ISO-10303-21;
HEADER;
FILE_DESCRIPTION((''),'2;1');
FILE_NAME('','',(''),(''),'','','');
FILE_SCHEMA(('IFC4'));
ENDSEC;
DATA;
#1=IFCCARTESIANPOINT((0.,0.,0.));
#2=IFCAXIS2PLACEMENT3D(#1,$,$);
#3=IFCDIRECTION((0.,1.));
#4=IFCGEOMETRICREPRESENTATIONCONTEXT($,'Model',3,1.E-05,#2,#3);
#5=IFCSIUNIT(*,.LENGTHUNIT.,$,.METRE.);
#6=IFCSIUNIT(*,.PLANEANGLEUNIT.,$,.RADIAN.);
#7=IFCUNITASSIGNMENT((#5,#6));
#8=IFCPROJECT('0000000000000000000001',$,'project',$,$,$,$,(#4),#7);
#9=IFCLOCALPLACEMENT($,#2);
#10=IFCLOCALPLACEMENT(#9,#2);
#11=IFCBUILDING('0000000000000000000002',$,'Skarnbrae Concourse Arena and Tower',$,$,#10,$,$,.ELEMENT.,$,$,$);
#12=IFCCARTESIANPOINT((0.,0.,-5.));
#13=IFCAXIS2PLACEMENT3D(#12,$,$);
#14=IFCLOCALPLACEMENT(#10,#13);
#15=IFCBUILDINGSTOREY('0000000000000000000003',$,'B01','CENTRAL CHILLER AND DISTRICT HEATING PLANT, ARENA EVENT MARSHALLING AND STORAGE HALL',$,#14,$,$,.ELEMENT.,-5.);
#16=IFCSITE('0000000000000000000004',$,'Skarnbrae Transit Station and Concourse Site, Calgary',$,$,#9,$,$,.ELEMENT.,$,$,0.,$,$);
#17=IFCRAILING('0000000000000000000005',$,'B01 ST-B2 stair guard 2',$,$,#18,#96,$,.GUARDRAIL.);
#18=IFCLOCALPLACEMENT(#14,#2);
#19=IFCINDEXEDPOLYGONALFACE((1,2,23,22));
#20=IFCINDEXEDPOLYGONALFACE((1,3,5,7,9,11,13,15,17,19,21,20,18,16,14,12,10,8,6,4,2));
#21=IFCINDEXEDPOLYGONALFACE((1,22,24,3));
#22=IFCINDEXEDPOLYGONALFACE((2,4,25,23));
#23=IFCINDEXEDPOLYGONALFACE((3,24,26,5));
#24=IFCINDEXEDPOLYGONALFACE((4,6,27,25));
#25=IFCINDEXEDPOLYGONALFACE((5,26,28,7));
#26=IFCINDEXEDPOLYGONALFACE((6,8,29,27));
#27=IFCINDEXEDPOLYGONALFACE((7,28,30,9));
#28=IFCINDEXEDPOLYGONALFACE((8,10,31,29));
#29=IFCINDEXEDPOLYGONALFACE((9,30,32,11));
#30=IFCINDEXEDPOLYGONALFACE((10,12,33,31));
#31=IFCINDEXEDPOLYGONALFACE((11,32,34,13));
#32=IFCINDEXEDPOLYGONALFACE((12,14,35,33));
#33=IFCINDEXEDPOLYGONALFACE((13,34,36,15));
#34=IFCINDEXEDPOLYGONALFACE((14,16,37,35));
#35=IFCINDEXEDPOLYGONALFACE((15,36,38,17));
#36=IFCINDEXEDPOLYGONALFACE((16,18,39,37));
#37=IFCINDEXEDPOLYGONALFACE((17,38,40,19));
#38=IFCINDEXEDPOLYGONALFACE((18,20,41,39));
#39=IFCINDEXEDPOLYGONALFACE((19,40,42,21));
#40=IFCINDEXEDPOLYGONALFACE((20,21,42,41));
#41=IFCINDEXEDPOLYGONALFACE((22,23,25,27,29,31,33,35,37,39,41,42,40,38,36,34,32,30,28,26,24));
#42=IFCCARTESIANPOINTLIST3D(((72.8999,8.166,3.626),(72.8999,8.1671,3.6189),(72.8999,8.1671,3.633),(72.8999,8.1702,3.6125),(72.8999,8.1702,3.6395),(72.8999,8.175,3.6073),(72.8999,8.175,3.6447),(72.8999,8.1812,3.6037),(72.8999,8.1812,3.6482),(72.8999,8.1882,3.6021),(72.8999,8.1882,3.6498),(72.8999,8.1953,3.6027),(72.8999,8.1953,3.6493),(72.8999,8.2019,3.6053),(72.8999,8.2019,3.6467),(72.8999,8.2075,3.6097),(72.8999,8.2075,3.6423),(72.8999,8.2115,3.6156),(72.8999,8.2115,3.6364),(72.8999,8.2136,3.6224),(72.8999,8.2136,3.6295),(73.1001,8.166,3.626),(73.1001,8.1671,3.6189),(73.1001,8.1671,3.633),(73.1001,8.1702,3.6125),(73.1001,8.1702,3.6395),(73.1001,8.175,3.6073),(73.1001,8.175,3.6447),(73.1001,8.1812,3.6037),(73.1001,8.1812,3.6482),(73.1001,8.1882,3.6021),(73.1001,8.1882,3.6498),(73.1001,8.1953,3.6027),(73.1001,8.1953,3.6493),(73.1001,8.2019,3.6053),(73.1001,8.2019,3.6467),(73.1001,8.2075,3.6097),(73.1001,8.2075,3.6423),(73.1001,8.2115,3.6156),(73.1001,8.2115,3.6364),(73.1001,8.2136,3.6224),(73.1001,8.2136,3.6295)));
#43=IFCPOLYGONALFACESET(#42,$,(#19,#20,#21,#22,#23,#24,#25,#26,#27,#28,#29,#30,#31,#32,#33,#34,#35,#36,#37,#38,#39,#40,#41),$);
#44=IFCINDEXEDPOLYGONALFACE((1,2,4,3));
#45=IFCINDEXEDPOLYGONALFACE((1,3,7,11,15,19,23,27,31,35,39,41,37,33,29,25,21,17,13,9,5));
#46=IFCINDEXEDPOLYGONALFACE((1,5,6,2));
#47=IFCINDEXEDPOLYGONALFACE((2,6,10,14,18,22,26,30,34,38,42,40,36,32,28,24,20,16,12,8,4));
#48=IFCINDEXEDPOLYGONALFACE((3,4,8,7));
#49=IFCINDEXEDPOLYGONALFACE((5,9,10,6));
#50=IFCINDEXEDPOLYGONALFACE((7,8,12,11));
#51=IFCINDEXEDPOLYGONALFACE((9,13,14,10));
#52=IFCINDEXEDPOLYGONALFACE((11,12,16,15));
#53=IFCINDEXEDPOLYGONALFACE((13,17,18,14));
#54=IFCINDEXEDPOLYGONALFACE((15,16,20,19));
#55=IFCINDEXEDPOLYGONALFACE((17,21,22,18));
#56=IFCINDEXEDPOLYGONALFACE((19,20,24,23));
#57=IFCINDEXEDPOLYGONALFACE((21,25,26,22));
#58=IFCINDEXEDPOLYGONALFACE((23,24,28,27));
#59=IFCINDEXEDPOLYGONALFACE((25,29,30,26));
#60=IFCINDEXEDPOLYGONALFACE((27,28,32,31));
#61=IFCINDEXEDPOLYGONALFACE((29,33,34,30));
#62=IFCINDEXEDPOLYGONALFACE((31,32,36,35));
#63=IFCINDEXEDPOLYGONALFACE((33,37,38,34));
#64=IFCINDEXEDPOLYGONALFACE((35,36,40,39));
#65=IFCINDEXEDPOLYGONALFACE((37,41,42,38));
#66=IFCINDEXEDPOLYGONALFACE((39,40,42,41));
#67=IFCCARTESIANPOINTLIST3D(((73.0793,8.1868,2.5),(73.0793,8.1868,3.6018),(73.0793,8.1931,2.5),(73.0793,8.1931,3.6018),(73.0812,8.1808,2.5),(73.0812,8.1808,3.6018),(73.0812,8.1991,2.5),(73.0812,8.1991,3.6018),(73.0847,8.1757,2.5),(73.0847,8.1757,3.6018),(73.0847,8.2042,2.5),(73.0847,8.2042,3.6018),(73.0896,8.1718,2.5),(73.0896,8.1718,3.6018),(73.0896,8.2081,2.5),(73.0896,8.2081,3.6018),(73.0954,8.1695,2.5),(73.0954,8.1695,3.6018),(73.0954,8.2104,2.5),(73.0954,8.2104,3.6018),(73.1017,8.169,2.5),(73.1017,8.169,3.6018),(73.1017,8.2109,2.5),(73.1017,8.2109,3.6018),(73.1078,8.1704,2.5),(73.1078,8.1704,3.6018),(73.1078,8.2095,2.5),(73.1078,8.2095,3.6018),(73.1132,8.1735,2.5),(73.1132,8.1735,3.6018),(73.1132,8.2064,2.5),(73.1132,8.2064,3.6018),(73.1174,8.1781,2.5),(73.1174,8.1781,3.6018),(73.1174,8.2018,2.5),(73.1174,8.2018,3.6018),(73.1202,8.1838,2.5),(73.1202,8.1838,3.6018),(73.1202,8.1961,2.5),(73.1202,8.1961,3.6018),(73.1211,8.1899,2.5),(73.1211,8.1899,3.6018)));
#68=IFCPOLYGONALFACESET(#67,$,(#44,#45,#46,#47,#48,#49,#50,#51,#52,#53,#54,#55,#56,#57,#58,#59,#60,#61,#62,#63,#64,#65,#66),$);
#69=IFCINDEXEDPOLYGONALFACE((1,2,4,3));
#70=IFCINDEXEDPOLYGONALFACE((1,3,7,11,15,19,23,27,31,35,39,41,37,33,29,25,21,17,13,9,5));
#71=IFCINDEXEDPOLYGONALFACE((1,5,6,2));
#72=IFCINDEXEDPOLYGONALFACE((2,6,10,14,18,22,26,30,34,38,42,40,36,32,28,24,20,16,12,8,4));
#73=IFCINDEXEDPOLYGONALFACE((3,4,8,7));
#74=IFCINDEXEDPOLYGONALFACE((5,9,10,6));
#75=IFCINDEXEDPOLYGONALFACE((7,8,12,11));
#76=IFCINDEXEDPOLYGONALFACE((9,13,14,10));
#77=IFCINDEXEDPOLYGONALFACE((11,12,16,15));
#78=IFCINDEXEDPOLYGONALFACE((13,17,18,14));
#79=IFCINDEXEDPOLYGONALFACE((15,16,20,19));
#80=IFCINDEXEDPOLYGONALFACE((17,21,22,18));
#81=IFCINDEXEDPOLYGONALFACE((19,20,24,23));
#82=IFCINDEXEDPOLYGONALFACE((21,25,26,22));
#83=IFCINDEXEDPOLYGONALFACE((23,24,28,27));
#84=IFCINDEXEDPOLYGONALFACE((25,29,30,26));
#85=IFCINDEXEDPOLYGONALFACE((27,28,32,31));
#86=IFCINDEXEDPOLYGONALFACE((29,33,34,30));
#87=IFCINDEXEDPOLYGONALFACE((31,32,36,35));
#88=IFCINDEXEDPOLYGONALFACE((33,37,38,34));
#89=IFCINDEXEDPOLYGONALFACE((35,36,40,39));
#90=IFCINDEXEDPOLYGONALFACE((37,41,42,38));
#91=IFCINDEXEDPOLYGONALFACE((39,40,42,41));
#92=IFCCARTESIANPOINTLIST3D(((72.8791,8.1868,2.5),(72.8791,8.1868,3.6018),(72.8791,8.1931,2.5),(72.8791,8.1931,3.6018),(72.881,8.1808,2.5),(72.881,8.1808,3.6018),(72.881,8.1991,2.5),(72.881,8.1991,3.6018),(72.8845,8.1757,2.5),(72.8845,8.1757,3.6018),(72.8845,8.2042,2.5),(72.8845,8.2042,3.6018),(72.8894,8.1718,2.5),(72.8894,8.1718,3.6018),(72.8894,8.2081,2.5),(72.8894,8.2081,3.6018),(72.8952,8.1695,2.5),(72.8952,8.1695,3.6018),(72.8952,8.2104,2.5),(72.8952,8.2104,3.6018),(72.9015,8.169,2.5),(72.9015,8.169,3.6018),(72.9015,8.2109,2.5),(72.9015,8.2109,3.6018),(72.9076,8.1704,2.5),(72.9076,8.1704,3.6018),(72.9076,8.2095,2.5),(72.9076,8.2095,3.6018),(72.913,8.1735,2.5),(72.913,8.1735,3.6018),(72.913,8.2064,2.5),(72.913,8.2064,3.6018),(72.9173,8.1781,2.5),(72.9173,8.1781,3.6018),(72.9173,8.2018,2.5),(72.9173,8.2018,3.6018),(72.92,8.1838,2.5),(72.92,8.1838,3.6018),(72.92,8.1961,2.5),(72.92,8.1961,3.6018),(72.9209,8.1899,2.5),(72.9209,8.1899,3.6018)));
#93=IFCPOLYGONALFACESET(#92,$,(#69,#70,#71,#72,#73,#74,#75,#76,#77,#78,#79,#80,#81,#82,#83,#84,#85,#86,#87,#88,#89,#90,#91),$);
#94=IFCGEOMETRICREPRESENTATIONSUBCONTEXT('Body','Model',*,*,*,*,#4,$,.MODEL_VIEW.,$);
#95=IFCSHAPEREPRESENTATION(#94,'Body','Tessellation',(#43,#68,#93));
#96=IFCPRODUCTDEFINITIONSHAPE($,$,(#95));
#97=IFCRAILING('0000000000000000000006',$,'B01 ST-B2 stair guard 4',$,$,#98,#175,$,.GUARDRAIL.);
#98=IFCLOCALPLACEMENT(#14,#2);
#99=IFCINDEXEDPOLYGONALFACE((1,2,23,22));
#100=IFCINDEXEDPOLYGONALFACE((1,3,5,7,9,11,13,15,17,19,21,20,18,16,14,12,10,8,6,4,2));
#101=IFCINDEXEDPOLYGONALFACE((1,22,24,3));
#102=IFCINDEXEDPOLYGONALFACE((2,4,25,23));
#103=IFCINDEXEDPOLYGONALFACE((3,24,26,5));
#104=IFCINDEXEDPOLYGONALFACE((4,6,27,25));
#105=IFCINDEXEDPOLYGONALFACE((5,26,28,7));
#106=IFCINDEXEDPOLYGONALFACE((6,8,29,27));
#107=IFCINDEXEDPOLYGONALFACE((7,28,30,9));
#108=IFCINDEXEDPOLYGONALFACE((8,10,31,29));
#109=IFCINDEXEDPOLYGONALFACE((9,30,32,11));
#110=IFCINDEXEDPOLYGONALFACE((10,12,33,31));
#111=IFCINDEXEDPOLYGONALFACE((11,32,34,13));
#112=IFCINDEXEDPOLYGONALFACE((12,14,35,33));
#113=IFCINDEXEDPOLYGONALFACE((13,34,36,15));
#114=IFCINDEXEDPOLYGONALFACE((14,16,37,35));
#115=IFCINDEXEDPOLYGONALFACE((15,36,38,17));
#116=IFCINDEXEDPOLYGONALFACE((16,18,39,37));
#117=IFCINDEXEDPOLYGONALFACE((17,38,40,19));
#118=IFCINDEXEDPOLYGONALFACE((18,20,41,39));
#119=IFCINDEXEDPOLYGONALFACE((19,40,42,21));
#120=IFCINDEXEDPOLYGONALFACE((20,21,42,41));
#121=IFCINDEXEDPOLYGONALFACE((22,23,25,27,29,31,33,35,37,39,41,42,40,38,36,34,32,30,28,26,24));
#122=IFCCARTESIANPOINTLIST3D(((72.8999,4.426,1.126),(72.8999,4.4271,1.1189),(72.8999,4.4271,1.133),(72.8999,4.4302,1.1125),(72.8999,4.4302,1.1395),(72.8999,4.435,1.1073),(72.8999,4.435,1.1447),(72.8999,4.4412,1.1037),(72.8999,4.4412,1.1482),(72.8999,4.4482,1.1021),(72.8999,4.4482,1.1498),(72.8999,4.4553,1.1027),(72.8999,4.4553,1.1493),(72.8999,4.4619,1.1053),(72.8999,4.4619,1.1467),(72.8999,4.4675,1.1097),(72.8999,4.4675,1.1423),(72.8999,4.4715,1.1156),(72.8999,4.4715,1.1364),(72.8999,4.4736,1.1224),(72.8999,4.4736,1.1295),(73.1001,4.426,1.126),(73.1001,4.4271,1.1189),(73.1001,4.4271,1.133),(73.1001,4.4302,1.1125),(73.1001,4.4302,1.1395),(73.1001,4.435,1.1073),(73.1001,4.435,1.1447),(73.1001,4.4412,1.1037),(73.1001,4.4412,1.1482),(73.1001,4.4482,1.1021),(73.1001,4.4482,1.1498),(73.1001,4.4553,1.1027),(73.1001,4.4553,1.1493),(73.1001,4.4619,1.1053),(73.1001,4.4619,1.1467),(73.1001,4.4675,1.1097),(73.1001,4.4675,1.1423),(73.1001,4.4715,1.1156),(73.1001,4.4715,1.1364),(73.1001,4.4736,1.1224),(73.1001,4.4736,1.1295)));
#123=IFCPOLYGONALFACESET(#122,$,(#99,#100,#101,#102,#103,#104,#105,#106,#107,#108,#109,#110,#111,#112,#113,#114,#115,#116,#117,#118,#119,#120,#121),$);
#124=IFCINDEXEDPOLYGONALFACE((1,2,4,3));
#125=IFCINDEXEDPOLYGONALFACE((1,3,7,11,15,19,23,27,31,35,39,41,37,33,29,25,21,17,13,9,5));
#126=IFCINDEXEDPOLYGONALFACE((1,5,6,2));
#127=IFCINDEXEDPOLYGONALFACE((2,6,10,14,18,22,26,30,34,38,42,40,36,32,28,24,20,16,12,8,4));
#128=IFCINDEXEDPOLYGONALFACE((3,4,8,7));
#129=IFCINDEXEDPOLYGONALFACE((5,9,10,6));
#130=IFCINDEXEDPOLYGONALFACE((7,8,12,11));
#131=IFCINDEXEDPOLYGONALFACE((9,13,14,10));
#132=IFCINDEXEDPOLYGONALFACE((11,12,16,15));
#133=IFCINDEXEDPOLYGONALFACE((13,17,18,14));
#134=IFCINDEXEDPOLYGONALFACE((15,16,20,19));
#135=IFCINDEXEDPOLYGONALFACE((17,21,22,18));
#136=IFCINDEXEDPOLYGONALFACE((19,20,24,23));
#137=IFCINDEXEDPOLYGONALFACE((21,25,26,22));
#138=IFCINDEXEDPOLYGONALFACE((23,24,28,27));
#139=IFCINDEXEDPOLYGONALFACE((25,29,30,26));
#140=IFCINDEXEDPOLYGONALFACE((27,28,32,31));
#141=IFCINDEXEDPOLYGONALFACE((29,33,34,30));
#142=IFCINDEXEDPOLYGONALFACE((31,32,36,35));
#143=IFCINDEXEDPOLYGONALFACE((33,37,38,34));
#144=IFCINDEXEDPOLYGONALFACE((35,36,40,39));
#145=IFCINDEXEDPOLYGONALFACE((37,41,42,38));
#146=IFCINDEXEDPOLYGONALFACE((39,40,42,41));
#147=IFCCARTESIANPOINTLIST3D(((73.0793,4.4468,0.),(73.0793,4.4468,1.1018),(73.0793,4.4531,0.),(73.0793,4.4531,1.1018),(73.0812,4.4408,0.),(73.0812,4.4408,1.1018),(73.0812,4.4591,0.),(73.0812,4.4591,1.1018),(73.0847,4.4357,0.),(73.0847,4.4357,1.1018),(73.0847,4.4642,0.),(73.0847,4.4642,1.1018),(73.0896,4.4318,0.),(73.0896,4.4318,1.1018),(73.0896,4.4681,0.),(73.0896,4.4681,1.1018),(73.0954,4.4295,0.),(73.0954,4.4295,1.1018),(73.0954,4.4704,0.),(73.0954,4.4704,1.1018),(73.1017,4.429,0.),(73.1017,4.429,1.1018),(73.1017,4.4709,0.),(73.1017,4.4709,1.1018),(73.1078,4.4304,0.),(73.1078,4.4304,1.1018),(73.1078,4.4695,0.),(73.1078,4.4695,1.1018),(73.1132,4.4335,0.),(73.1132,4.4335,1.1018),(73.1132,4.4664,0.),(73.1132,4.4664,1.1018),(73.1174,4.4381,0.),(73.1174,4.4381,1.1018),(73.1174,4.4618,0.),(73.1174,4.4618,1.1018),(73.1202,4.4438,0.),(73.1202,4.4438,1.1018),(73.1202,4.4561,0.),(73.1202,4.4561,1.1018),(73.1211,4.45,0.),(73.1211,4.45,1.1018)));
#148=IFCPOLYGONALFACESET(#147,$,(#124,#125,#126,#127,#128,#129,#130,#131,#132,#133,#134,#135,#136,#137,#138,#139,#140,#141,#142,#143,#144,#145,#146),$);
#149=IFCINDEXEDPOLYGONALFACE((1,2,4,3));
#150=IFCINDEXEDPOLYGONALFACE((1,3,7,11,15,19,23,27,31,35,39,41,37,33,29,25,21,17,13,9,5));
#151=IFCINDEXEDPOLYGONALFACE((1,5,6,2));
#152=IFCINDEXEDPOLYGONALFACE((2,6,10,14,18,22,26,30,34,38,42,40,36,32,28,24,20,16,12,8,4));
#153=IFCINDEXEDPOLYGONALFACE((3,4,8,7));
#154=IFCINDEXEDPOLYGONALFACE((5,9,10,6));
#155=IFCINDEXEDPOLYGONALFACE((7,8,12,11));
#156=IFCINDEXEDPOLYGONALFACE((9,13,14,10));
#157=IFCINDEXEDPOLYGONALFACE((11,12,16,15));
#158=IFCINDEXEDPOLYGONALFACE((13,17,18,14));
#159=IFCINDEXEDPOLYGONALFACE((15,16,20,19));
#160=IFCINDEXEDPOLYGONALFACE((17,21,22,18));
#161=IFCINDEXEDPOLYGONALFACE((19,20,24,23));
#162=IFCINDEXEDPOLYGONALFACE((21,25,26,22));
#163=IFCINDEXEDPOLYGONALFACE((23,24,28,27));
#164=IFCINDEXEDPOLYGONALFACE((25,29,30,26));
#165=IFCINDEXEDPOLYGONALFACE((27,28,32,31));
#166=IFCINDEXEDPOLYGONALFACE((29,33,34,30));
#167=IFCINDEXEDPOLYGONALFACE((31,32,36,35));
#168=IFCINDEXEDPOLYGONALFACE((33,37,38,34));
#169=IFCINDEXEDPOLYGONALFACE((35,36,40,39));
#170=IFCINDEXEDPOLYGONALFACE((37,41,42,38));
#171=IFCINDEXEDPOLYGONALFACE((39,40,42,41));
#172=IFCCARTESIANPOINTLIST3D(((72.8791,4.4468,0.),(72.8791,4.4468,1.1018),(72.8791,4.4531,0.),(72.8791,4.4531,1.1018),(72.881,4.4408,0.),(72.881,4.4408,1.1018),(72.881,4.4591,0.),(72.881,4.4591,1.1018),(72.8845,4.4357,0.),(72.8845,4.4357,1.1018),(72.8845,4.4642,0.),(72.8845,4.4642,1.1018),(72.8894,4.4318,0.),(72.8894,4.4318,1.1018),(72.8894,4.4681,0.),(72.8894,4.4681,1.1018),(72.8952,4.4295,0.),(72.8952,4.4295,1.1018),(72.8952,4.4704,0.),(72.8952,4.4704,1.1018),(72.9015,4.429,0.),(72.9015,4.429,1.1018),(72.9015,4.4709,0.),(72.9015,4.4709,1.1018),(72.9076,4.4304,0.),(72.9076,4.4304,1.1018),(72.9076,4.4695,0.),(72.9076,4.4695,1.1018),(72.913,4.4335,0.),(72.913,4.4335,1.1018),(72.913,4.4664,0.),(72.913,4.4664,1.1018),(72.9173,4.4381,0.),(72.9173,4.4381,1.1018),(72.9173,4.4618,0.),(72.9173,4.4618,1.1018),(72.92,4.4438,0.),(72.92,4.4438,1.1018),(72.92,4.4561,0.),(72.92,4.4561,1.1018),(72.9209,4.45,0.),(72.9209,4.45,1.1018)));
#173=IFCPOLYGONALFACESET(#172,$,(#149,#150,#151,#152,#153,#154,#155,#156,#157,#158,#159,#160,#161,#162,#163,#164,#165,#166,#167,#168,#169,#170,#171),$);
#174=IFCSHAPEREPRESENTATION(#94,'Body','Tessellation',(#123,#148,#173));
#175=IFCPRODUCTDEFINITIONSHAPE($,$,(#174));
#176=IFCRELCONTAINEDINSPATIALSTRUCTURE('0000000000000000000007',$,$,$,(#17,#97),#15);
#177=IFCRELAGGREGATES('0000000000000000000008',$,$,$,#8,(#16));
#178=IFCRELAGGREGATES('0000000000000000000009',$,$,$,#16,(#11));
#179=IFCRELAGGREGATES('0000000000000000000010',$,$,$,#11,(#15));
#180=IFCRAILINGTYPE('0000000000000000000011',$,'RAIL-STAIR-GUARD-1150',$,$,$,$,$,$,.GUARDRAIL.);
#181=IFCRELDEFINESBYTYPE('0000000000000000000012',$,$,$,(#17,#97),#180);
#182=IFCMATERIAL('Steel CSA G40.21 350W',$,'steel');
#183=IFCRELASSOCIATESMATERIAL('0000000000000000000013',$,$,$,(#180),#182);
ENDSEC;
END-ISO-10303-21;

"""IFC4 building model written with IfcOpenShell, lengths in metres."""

from ifc_helpers import new_model, si_unit, direction, frame, origin, origin_2d, place, context, subcontext, project, spatial, circle, extrude, material, type_object, element, save


model = new_model("IFC4")

# Units and contexts
model_context = context("Model", 3, precision=1e-05, world=origin(), true_north=direction((0.0, 1.0)))
body_context = subcontext(model_context, "Body", "Model", "MODEL_VIEW")
ifc_project = project(units=[si_unit("LENGTHUNIT", "METRE"), si_unit("PLANEANGLEUNIT", "RADIAN")], contexts=[model_context])

# Site, building, storey
site_placement = place(None, origin())
site = spatial("IfcSite", under=ifc_project, at=site_placement, Name="Skarnbrae Transit Station and Concourse Site, Calgary", CompositionType="ELEMENT", RefElevation=0.0)
building_placement = place(site_placement, origin())
building = spatial("IfcBuilding", under=site, at=building_placement, Name="Skarnbrae Concourse Arena and Tower", CompositionType="ELEMENT")
storey_placement = place(building_placement, frame((0.0, 0.0, -5.0)))
storey = spatial("IfcBuildingStorey", under=building, at=storey_placement, Name="B01", Description="CENTRAL CHILLER AND DISTRICT HEATING PLANT, ARENA EVENT MARSHALLING AND STORAGE HALL", CompositionType="ELEMENT", Elevation=-5.0)

# Shared definitions
ifc_material_1 = material(Name="Steel CSA G40.21 350W", Category="steel")

# Railings
railing_type_1 = type_object("IfcRailingType", Name="RAIL-STAIR-GUARD-1150", PredefinedType="GUARDRAIL", material=ifc_material_1)
for number, where, name in (
    (1, (73.1001, 8.1899, 2.5), "B01 ST-B2 stair guard 2"),
    (2, (73.1001, 4.45, 0.0), "B01 ST-B2 stair guard 4"),
):
    element("IfcRailing", number, at=place(storey_placement, frame(where)), inside=storey, type_object=railing_type_1, Name=name, PredefinedType="GUARDRAIL", context=body_context, shape_type="SweptSolid", body=[
        extrude(circle(Radius=0.0239, at=origin_2d()), frame((0.0, 0.0, 1.126), z_axis=(-1.0, 0.0, 0.0), x_axis=(0.0, -1.0, 0.0)), (0.0, 0.0, 1.0), 0.2002),
        extrude(circle(Radius=0.021, at=origin_2d()), origin(), (0.0, 0.0, 1.0), 1.1018),
        extrude(circle(Radius=0.021, at=origin_2d()), frame((-0.2002, 0.0, 0.0)), (0.0, 0.0, 1.0), 1.1018),
    ])

save(model, "model.ifc")
